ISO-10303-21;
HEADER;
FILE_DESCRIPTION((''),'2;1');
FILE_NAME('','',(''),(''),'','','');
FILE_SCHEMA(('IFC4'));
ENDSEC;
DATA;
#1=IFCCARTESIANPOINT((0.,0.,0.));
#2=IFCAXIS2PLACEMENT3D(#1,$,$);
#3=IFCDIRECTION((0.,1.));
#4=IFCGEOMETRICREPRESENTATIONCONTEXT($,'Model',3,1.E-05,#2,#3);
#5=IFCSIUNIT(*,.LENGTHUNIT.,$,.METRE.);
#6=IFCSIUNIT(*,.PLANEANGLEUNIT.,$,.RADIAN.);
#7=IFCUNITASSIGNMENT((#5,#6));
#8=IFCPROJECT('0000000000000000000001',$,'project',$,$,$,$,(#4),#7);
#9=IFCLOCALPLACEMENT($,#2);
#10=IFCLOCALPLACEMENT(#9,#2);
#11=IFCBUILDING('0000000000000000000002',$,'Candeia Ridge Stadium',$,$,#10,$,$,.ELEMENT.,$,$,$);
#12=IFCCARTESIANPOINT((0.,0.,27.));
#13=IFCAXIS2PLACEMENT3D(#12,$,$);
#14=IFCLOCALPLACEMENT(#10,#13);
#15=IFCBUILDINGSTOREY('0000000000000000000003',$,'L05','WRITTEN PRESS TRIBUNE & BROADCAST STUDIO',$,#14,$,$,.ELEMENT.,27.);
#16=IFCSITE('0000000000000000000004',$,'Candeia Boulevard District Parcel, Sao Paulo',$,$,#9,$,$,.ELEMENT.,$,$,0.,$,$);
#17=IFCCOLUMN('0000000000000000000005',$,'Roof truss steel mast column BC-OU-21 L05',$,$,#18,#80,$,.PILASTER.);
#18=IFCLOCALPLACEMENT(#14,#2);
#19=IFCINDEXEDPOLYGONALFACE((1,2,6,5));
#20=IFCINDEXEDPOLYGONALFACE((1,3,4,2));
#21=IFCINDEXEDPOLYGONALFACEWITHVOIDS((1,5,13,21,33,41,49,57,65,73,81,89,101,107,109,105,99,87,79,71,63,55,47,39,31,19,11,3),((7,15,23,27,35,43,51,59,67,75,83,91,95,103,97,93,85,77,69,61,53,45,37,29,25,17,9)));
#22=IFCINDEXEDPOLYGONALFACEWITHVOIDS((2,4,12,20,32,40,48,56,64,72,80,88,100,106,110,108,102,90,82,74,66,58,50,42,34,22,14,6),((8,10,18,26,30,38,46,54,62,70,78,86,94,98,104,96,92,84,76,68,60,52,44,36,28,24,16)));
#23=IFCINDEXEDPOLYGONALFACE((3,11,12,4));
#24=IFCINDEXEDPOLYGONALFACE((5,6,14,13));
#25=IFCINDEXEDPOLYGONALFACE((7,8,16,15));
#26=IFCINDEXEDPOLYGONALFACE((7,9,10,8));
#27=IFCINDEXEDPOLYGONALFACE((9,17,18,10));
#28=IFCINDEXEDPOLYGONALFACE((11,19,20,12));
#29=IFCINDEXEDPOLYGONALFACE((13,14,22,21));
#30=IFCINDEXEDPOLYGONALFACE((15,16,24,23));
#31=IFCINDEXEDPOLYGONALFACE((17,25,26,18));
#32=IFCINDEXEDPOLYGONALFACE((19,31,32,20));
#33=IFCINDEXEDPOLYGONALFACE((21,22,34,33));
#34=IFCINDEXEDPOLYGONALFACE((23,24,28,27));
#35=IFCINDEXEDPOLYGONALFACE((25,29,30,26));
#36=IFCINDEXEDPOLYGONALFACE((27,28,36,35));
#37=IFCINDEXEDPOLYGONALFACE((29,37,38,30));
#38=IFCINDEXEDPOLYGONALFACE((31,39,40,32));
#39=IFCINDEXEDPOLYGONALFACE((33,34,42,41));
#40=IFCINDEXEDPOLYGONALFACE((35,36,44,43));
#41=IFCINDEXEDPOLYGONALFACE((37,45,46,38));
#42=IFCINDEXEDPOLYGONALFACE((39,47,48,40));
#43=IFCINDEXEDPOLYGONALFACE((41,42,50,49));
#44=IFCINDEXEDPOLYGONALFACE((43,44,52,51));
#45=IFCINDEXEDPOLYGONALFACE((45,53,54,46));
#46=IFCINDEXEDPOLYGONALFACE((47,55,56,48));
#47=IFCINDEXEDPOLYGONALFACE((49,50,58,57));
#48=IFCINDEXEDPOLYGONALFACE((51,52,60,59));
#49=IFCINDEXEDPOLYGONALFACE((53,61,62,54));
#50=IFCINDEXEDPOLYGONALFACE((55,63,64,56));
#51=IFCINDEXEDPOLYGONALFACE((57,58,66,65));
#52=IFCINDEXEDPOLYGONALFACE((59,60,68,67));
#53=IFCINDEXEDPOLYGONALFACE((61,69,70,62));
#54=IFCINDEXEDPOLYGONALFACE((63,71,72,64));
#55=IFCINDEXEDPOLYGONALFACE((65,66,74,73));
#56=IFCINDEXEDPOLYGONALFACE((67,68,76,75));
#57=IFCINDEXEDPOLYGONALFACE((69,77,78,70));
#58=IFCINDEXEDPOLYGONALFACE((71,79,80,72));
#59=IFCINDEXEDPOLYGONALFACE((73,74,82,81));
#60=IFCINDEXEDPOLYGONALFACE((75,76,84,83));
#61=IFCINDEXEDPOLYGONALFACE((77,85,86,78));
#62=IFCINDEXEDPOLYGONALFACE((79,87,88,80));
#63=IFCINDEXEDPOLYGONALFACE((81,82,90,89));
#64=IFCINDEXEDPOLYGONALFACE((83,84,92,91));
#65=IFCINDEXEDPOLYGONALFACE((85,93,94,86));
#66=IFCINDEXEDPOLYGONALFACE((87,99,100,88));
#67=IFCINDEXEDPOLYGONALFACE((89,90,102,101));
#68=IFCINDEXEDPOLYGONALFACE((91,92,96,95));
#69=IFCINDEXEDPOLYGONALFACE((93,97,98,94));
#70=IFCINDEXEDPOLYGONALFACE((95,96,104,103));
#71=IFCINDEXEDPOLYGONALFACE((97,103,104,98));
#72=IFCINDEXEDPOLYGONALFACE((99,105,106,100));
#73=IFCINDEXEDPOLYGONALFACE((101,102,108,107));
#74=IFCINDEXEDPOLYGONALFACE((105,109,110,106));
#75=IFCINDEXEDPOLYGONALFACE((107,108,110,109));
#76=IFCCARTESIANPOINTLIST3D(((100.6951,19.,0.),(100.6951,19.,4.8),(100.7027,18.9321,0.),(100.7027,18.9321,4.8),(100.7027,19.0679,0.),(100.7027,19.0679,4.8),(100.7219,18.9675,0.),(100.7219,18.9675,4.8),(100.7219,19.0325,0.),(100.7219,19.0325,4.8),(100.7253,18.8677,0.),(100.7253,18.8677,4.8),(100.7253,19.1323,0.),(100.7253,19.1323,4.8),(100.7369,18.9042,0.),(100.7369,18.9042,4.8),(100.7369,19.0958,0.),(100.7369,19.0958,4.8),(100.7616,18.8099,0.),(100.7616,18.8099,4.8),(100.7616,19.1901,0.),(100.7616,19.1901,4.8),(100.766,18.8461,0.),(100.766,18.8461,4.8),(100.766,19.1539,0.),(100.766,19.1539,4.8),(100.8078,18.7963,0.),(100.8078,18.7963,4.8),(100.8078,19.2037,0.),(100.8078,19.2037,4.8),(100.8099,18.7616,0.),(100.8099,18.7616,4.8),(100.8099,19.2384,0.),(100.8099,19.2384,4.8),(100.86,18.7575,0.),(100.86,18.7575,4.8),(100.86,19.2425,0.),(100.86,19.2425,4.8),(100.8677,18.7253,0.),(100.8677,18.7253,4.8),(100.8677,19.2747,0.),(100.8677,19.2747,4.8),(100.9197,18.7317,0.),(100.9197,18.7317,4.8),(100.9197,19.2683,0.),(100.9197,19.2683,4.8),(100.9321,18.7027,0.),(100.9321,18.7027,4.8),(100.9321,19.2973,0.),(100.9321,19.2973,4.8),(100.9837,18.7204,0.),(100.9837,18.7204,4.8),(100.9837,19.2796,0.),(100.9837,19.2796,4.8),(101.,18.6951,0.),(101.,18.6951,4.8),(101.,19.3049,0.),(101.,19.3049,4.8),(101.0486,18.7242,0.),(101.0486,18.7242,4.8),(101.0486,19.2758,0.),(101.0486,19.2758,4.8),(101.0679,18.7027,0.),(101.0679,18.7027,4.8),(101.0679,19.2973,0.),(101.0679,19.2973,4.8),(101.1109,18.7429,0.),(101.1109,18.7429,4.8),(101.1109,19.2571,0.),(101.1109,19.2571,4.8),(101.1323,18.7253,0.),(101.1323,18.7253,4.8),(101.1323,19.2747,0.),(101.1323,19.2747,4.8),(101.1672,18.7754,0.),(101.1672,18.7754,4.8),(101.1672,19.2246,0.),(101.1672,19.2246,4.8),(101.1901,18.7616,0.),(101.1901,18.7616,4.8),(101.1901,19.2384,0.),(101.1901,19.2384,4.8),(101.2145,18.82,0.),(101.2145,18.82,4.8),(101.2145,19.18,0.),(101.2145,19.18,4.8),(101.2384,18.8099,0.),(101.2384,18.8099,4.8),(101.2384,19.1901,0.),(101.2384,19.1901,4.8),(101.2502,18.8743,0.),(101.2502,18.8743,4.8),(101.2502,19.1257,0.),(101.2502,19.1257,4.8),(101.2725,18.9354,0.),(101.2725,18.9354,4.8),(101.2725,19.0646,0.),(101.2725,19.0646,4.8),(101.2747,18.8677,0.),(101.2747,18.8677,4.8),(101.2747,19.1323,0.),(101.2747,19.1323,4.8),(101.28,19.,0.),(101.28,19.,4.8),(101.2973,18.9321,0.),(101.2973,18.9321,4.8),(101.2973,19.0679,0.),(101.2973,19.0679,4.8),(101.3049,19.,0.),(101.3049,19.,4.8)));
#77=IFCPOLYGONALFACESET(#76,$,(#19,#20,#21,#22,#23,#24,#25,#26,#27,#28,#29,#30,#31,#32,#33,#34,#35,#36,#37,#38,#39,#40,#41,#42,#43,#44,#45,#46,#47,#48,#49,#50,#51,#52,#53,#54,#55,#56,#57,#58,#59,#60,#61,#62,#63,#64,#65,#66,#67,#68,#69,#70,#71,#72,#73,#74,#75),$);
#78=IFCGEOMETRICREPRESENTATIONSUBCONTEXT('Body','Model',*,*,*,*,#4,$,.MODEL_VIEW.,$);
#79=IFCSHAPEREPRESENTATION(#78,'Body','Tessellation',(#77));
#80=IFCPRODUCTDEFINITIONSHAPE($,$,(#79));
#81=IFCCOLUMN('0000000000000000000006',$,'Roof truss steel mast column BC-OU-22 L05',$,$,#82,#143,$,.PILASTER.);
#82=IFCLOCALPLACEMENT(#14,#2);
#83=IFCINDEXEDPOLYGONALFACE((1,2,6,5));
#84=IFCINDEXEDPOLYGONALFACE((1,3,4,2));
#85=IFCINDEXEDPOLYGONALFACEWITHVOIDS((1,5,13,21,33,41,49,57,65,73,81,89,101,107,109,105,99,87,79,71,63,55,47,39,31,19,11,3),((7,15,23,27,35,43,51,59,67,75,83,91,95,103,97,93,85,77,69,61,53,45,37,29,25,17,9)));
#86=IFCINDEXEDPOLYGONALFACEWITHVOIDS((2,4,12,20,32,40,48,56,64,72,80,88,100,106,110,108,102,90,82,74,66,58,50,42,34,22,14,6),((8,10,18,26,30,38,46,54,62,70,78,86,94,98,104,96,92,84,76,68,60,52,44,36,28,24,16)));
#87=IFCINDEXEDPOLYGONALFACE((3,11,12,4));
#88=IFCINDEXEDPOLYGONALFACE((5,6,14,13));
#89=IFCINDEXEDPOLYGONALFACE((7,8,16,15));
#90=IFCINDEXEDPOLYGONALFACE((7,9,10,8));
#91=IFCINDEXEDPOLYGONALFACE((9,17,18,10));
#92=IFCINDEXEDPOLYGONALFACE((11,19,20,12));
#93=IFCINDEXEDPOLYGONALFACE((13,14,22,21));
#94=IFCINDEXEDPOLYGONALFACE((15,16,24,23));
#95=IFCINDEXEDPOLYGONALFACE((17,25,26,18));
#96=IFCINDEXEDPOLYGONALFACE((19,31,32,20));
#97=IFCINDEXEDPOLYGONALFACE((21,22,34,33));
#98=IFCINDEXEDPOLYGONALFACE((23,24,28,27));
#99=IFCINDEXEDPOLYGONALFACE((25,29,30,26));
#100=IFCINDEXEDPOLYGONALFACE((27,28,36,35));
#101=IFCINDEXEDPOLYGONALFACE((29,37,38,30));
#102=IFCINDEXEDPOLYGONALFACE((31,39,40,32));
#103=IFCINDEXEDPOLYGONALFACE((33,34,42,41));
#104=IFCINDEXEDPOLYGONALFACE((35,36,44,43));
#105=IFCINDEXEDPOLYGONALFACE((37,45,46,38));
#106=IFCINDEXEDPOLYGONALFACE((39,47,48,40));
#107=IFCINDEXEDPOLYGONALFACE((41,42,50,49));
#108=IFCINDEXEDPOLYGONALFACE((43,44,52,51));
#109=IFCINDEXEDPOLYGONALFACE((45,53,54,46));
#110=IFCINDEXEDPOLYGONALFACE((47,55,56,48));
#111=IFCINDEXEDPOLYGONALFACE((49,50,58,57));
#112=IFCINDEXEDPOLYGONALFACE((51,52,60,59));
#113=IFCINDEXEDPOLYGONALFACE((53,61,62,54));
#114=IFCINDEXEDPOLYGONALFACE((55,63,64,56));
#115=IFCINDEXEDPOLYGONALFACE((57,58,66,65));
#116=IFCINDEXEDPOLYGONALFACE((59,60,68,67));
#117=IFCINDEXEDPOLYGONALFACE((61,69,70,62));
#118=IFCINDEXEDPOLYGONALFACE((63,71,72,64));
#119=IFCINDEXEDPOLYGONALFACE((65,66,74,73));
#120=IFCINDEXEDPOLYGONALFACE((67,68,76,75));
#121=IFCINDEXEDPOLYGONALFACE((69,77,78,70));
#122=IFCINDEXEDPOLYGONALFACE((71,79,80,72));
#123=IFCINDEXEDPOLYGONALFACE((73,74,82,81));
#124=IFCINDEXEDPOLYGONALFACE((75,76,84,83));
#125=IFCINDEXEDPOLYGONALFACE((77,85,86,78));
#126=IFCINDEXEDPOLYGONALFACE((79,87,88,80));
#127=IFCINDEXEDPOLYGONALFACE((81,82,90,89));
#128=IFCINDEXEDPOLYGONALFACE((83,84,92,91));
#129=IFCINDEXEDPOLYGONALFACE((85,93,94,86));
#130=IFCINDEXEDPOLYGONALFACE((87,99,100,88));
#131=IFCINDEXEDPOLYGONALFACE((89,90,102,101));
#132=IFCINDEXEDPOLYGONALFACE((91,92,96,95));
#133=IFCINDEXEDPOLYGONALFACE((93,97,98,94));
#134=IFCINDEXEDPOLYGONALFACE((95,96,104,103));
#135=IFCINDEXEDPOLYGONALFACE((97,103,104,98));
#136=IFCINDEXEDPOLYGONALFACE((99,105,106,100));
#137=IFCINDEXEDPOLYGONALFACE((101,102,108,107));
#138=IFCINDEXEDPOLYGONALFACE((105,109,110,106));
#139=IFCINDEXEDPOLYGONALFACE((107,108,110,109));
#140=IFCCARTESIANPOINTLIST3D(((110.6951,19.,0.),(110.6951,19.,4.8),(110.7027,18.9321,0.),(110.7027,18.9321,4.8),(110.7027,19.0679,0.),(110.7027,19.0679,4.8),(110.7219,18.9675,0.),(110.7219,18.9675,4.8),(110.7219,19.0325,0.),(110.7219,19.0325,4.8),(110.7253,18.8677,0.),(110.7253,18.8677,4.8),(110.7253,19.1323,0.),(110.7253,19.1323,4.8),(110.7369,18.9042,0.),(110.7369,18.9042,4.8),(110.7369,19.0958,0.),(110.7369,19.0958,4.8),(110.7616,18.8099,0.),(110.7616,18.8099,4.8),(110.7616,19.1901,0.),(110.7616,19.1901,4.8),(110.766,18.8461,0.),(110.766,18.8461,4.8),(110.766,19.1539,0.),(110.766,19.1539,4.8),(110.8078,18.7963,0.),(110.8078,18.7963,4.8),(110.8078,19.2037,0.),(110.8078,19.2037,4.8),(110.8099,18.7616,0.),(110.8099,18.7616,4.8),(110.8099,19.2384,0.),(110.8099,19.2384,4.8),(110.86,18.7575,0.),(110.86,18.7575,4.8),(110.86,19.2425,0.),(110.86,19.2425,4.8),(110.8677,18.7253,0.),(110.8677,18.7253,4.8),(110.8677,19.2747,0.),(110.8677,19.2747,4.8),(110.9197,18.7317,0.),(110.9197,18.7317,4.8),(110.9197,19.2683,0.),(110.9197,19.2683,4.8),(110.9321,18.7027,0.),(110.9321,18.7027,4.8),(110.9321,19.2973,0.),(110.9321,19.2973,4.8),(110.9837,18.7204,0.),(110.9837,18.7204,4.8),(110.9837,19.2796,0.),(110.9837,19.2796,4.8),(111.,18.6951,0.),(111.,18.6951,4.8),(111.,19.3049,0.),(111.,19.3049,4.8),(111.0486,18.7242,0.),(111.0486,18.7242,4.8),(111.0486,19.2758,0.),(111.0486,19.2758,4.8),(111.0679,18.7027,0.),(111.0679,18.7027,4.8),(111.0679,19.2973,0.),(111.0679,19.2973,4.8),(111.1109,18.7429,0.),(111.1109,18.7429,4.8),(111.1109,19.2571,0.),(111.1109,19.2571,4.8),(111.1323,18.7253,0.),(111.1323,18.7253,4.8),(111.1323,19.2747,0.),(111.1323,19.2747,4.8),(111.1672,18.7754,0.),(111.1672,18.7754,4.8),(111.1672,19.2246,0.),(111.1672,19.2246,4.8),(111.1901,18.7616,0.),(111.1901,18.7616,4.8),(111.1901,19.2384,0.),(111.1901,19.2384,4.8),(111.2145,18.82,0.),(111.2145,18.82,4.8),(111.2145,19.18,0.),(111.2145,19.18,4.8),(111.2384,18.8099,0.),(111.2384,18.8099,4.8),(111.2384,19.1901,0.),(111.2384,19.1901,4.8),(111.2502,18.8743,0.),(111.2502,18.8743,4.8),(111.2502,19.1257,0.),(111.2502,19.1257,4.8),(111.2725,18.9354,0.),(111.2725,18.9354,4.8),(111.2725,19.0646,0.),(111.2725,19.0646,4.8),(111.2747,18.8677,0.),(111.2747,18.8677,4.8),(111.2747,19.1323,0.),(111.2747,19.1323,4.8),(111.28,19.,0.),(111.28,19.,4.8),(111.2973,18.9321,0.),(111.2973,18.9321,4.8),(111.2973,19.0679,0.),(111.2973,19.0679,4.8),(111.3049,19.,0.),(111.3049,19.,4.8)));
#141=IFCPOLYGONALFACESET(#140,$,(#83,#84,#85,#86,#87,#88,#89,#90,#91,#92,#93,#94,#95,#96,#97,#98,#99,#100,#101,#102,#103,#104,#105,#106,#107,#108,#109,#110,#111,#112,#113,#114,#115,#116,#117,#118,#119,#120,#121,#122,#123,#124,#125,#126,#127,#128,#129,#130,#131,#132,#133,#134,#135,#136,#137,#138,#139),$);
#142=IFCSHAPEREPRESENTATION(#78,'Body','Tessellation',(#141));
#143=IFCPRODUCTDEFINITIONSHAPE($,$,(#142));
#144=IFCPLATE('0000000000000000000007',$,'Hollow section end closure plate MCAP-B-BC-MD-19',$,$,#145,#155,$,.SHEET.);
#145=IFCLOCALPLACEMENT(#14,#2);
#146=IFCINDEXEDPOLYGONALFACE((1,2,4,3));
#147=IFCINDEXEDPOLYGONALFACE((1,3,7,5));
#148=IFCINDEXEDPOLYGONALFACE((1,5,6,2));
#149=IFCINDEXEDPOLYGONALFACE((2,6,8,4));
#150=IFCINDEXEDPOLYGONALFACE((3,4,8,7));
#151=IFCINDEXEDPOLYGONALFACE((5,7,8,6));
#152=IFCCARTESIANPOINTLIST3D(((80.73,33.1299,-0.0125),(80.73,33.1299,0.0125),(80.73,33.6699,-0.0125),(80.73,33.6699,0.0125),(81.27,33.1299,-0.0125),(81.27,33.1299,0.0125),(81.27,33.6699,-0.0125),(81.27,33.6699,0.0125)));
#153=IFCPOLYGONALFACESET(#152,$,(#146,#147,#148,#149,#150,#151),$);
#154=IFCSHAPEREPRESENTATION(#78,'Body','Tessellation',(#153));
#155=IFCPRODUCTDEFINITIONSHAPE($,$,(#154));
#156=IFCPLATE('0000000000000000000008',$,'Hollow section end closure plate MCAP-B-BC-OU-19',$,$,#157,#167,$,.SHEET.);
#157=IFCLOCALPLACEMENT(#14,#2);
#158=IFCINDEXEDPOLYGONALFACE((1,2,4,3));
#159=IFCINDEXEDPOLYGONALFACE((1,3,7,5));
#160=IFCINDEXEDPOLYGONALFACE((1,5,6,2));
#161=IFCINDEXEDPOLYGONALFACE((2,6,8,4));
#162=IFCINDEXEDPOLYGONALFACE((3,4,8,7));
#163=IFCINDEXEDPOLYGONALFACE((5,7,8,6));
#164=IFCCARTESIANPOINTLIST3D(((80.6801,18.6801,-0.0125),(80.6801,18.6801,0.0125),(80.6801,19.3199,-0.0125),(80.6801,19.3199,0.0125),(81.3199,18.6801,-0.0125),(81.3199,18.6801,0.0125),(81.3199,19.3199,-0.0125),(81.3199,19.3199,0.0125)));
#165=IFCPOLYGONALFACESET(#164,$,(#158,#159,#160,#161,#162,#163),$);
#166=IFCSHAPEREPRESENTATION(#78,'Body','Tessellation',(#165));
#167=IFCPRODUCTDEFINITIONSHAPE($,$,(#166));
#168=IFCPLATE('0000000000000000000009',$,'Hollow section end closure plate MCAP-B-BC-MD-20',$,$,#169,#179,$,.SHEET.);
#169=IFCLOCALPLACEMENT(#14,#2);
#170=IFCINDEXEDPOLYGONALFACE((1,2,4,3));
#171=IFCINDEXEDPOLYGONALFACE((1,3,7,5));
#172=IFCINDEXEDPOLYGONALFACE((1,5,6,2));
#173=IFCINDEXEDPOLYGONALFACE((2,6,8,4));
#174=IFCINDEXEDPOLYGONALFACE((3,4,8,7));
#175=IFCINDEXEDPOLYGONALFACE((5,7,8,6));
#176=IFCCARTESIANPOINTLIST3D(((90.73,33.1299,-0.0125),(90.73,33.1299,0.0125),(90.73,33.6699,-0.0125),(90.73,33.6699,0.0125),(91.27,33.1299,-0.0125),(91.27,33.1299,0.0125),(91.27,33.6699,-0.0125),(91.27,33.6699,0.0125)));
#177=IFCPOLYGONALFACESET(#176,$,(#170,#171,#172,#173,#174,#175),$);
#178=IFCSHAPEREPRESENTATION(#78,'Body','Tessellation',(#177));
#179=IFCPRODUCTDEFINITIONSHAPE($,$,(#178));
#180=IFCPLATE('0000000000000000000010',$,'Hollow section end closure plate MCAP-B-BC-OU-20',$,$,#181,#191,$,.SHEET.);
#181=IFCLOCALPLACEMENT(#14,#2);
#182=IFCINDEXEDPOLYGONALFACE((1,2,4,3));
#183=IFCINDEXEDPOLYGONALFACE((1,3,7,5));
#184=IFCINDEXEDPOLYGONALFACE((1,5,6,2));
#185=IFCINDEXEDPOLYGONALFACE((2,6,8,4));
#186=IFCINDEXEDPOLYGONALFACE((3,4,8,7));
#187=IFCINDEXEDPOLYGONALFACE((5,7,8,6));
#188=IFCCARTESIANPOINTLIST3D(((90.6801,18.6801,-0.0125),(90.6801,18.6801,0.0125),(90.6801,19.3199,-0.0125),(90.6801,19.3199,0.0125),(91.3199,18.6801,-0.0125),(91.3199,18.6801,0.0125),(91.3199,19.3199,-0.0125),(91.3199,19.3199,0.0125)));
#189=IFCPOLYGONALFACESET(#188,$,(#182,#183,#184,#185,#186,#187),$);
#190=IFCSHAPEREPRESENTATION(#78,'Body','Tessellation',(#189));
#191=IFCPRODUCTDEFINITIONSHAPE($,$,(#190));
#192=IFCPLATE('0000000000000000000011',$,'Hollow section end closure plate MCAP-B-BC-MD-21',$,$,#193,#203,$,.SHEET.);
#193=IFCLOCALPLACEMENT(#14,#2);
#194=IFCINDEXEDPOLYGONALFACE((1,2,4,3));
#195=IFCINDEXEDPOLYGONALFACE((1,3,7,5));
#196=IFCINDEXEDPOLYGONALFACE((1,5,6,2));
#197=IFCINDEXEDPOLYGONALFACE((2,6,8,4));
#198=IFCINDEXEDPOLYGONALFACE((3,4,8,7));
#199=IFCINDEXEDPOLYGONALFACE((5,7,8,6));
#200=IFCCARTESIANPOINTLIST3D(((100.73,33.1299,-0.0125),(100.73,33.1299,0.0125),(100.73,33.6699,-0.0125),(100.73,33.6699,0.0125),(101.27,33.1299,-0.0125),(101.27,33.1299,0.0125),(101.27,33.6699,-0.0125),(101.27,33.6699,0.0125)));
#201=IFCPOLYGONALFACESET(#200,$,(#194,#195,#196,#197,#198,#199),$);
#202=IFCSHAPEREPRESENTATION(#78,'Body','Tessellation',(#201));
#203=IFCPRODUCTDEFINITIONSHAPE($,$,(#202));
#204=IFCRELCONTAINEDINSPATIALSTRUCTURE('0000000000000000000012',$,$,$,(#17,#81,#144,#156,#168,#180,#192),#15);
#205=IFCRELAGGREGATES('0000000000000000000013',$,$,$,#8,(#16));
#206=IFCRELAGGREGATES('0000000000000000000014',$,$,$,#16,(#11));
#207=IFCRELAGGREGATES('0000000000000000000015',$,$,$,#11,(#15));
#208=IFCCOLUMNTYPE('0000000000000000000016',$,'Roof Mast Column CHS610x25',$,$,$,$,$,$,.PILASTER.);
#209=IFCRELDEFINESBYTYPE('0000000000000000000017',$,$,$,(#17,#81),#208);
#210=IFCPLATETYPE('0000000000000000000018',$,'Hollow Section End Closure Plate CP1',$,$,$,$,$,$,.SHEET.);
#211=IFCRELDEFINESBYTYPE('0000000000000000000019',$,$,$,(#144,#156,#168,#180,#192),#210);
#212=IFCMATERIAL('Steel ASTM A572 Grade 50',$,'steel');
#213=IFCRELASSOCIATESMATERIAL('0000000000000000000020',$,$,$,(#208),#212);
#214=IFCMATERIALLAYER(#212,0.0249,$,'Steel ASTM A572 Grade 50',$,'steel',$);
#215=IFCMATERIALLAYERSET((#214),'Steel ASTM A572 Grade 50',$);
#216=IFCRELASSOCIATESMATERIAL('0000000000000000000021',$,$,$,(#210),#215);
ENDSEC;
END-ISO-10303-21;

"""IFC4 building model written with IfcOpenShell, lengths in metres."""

from ifc_helpers import new_model, si_unit, direction, frame, origin, origin_2d, place, context, subcontext, project, spatial, rectangle, hollow_circle, extrude, material, layer, layer_set, material_profile, profile_set, type_object, element, save


model = new_model("IFC4")

# Units and contexts
model_context = context("Model", 3, precision=1e-05, world=origin(), true_north=direction((0.0, 1.0)))
body_context = subcontext(model_context, "Body", "Model", "MODEL_VIEW")
ifc_project = project(units=[si_unit("LENGTHUNIT", "METRE"), si_unit("PLANEANGLEUNIT", "RADIAN")], contexts=[model_context])

# Site, building, storey
site_placement = place(None, origin())
site = spatial("IfcSite", under=ifc_project, at=site_placement, Name="Candeia Boulevard District Parcel, Sao Paulo", CompositionType="ELEMENT", RefElevation=0.0)
building_placement = place(site_placement, origin())
building = spatial("IfcBuilding", under=site, at=building_placement, Name="Candeia Ridge Stadium", CompositionType="ELEMENT")
storey_placement = place(building_placement, frame((0.0, 0.0, 27.0)))
storey = spatial("IfcBuildingStorey", under=building, at=storey_placement, Name="L05", Description="WRITTEN PRESS TRIBUNE & BROADCAST STUDIO", CompositionType="ELEMENT", Elevation=27.0)

# Columns
ifc_material_1 = material(Name="Steel ASTM A572 Grade 50", Category="steel")
ifc_material_profile_1 = material_profile(ifc_material_1, hollow_circle(Radius=0.3049, WallThickness=0.0249, at=origin_2d()), Name="CHS610x25", Category="steel")
ifc_profile_set_1 = profile_set([ifc_material_profile_1], Name="Steel ASTM A572 Grade 50")
column_type_1 = type_object("IfcColumnType", Name="Roof Mast Column CHS610x25", PredefinedType="PILASTER", material=ifc_profile_set_1)
for number, where, z_axis, x_axis, name in (
    (1, (101.0, 19.0, 0.0), (0.0, 0.0, 1.0), (1.0, 0.0, 0.0), "Roof truss steel mast column BC-OU-21 L05"),
    (2, (111.0, 19.0, 0.0), (0.0, 0.0, 1.0), (1.0, 0.0, 0.0), "Roof truss steel mast column BC-OU-22 L05"),
):
    element("IfcColumn", number, at=place(storey_placement, frame(where, z_axis=z_axis, x_axis=x_axis)), inside=storey, type_object=column_type_1, Name=name, PredefinedType="PILASTER", context=body_context, shape_type="SweptSolid", body=[
        extrude(hollow_circle(Radius=0.3049, WallThickness=0.0249, at=origin_2d()), origin(), (0.0, 0.0, 1.0), 4.8),
    ])

# Plates
ifc_layer = layer(ifc_material_1, 0.0249, Name="Steel ASTM A572 Grade 50", Category="steel")
ifc_layer_set = layer_set([ifc_layer], Name="Steel ASTM A572 Grade 50")
plate_type = type_object("IfcPlateType", Name="Hollow Section End Closure Plate CP1", PredefinedType="SHEET", material=ifc_layer_set)
plate_1_placement = place(storey_placement, frame((81.0, 33.3999, -0.0125), z_axis=(0.0, 0.0, 1.0), x_axis=(1.0, 0.0, 0.0)))
element("IfcPlate", 3, at=plate_1_placement, inside=storey, type_object=plate_type, Name="Hollow section end closure plate MCAP-B-BC-MD-19", PredefinedType="SHEET", context=body_context, shape_type="SweptSolid", body=[
    extrude(rectangle(XDim=0.54, YDim=0.54, at=origin_2d()), origin(), (0.0, 0.0, 1.0), 0.0249),
])
plate_2_placement = place(storey_placement, frame((81.0, 19.0, -0.0125), z_axis=(0.0, 0.0, 1.0), x_axis=(1.0, 0.0, 0.0)))
element("IfcPlate", 4, at=plate_2_placement, inside=storey, type_object=plate_type, Name="Hollow section end closure plate MCAP-B-BC-OU-19", PredefinedType="SHEET", context=body_context, shape_type="SweptSolid", body=[
    extrude(rectangle(XDim=0.6399, YDim=0.6399, at=origin_2d()), origin(), (0.0, 0.0, 1.0), 0.0249),
])
plate_3_placement = place(storey_placement, frame((91.0, 33.3999, -0.0125), z_axis=(0.0, 0.0, 1.0), x_axis=(1.0, 0.0, 0.0)))
element("IfcPlate", 5, at=plate_3_placement, inside=storey, type_object=plate_type, Name="Hollow section end closure plate MCAP-B-BC-MD-20", PredefinedType="SHEET", context=body_context, shape_type="SweptSolid", body=[
    extrude(rectangle(XDim=0.54, YDim=0.54, at=origin_2d()), origin(), (0.0, 0.0, 1.0), 0.0249),
])
plate_4_placement = place(storey_placement, frame((91.0, 19.0, -0.0125), z_axis=(0.0, 0.0, 1.0), x_axis=(1.0, 0.0, 0.0)))
element("IfcPlate", 6, at=plate_4_placement, inside=storey, type_object=plate_type, Name="Hollow section end closure plate MCAP-B-BC-OU-20", PredefinedType="SHEET", context=body_context, shape_type="SweptSolid", body=[
    extrude(rectangle(XDim=0.6399, YDim=0.6399, at=origin_2d()), origin(), (0.0, 0.0, 1.0), 0.0249),
])
plate_5_placement = place(storey_placement, frame((101.0, 33.3999, -0.0125), z_axis=(0.0, 0.0, 1.0), x_axis=(1.0, 0.0, 0.0)))
element("IfcPlate", 7, at=plate_5_placement, inside=storey, type_object=plate_type, Name="Hollow section end closure plate MCAP-B-BC-MD-21", PredefinedType="SHEET", context=body_context, shape_type="SweptSolid", body=[
    extrude(rectangle(XDim=0.54, YDim=0.54, at=origin_2d()), origin(), (0.0, 0.0, 1.0), 0.0249),
])

save(model, "model.ifc")
